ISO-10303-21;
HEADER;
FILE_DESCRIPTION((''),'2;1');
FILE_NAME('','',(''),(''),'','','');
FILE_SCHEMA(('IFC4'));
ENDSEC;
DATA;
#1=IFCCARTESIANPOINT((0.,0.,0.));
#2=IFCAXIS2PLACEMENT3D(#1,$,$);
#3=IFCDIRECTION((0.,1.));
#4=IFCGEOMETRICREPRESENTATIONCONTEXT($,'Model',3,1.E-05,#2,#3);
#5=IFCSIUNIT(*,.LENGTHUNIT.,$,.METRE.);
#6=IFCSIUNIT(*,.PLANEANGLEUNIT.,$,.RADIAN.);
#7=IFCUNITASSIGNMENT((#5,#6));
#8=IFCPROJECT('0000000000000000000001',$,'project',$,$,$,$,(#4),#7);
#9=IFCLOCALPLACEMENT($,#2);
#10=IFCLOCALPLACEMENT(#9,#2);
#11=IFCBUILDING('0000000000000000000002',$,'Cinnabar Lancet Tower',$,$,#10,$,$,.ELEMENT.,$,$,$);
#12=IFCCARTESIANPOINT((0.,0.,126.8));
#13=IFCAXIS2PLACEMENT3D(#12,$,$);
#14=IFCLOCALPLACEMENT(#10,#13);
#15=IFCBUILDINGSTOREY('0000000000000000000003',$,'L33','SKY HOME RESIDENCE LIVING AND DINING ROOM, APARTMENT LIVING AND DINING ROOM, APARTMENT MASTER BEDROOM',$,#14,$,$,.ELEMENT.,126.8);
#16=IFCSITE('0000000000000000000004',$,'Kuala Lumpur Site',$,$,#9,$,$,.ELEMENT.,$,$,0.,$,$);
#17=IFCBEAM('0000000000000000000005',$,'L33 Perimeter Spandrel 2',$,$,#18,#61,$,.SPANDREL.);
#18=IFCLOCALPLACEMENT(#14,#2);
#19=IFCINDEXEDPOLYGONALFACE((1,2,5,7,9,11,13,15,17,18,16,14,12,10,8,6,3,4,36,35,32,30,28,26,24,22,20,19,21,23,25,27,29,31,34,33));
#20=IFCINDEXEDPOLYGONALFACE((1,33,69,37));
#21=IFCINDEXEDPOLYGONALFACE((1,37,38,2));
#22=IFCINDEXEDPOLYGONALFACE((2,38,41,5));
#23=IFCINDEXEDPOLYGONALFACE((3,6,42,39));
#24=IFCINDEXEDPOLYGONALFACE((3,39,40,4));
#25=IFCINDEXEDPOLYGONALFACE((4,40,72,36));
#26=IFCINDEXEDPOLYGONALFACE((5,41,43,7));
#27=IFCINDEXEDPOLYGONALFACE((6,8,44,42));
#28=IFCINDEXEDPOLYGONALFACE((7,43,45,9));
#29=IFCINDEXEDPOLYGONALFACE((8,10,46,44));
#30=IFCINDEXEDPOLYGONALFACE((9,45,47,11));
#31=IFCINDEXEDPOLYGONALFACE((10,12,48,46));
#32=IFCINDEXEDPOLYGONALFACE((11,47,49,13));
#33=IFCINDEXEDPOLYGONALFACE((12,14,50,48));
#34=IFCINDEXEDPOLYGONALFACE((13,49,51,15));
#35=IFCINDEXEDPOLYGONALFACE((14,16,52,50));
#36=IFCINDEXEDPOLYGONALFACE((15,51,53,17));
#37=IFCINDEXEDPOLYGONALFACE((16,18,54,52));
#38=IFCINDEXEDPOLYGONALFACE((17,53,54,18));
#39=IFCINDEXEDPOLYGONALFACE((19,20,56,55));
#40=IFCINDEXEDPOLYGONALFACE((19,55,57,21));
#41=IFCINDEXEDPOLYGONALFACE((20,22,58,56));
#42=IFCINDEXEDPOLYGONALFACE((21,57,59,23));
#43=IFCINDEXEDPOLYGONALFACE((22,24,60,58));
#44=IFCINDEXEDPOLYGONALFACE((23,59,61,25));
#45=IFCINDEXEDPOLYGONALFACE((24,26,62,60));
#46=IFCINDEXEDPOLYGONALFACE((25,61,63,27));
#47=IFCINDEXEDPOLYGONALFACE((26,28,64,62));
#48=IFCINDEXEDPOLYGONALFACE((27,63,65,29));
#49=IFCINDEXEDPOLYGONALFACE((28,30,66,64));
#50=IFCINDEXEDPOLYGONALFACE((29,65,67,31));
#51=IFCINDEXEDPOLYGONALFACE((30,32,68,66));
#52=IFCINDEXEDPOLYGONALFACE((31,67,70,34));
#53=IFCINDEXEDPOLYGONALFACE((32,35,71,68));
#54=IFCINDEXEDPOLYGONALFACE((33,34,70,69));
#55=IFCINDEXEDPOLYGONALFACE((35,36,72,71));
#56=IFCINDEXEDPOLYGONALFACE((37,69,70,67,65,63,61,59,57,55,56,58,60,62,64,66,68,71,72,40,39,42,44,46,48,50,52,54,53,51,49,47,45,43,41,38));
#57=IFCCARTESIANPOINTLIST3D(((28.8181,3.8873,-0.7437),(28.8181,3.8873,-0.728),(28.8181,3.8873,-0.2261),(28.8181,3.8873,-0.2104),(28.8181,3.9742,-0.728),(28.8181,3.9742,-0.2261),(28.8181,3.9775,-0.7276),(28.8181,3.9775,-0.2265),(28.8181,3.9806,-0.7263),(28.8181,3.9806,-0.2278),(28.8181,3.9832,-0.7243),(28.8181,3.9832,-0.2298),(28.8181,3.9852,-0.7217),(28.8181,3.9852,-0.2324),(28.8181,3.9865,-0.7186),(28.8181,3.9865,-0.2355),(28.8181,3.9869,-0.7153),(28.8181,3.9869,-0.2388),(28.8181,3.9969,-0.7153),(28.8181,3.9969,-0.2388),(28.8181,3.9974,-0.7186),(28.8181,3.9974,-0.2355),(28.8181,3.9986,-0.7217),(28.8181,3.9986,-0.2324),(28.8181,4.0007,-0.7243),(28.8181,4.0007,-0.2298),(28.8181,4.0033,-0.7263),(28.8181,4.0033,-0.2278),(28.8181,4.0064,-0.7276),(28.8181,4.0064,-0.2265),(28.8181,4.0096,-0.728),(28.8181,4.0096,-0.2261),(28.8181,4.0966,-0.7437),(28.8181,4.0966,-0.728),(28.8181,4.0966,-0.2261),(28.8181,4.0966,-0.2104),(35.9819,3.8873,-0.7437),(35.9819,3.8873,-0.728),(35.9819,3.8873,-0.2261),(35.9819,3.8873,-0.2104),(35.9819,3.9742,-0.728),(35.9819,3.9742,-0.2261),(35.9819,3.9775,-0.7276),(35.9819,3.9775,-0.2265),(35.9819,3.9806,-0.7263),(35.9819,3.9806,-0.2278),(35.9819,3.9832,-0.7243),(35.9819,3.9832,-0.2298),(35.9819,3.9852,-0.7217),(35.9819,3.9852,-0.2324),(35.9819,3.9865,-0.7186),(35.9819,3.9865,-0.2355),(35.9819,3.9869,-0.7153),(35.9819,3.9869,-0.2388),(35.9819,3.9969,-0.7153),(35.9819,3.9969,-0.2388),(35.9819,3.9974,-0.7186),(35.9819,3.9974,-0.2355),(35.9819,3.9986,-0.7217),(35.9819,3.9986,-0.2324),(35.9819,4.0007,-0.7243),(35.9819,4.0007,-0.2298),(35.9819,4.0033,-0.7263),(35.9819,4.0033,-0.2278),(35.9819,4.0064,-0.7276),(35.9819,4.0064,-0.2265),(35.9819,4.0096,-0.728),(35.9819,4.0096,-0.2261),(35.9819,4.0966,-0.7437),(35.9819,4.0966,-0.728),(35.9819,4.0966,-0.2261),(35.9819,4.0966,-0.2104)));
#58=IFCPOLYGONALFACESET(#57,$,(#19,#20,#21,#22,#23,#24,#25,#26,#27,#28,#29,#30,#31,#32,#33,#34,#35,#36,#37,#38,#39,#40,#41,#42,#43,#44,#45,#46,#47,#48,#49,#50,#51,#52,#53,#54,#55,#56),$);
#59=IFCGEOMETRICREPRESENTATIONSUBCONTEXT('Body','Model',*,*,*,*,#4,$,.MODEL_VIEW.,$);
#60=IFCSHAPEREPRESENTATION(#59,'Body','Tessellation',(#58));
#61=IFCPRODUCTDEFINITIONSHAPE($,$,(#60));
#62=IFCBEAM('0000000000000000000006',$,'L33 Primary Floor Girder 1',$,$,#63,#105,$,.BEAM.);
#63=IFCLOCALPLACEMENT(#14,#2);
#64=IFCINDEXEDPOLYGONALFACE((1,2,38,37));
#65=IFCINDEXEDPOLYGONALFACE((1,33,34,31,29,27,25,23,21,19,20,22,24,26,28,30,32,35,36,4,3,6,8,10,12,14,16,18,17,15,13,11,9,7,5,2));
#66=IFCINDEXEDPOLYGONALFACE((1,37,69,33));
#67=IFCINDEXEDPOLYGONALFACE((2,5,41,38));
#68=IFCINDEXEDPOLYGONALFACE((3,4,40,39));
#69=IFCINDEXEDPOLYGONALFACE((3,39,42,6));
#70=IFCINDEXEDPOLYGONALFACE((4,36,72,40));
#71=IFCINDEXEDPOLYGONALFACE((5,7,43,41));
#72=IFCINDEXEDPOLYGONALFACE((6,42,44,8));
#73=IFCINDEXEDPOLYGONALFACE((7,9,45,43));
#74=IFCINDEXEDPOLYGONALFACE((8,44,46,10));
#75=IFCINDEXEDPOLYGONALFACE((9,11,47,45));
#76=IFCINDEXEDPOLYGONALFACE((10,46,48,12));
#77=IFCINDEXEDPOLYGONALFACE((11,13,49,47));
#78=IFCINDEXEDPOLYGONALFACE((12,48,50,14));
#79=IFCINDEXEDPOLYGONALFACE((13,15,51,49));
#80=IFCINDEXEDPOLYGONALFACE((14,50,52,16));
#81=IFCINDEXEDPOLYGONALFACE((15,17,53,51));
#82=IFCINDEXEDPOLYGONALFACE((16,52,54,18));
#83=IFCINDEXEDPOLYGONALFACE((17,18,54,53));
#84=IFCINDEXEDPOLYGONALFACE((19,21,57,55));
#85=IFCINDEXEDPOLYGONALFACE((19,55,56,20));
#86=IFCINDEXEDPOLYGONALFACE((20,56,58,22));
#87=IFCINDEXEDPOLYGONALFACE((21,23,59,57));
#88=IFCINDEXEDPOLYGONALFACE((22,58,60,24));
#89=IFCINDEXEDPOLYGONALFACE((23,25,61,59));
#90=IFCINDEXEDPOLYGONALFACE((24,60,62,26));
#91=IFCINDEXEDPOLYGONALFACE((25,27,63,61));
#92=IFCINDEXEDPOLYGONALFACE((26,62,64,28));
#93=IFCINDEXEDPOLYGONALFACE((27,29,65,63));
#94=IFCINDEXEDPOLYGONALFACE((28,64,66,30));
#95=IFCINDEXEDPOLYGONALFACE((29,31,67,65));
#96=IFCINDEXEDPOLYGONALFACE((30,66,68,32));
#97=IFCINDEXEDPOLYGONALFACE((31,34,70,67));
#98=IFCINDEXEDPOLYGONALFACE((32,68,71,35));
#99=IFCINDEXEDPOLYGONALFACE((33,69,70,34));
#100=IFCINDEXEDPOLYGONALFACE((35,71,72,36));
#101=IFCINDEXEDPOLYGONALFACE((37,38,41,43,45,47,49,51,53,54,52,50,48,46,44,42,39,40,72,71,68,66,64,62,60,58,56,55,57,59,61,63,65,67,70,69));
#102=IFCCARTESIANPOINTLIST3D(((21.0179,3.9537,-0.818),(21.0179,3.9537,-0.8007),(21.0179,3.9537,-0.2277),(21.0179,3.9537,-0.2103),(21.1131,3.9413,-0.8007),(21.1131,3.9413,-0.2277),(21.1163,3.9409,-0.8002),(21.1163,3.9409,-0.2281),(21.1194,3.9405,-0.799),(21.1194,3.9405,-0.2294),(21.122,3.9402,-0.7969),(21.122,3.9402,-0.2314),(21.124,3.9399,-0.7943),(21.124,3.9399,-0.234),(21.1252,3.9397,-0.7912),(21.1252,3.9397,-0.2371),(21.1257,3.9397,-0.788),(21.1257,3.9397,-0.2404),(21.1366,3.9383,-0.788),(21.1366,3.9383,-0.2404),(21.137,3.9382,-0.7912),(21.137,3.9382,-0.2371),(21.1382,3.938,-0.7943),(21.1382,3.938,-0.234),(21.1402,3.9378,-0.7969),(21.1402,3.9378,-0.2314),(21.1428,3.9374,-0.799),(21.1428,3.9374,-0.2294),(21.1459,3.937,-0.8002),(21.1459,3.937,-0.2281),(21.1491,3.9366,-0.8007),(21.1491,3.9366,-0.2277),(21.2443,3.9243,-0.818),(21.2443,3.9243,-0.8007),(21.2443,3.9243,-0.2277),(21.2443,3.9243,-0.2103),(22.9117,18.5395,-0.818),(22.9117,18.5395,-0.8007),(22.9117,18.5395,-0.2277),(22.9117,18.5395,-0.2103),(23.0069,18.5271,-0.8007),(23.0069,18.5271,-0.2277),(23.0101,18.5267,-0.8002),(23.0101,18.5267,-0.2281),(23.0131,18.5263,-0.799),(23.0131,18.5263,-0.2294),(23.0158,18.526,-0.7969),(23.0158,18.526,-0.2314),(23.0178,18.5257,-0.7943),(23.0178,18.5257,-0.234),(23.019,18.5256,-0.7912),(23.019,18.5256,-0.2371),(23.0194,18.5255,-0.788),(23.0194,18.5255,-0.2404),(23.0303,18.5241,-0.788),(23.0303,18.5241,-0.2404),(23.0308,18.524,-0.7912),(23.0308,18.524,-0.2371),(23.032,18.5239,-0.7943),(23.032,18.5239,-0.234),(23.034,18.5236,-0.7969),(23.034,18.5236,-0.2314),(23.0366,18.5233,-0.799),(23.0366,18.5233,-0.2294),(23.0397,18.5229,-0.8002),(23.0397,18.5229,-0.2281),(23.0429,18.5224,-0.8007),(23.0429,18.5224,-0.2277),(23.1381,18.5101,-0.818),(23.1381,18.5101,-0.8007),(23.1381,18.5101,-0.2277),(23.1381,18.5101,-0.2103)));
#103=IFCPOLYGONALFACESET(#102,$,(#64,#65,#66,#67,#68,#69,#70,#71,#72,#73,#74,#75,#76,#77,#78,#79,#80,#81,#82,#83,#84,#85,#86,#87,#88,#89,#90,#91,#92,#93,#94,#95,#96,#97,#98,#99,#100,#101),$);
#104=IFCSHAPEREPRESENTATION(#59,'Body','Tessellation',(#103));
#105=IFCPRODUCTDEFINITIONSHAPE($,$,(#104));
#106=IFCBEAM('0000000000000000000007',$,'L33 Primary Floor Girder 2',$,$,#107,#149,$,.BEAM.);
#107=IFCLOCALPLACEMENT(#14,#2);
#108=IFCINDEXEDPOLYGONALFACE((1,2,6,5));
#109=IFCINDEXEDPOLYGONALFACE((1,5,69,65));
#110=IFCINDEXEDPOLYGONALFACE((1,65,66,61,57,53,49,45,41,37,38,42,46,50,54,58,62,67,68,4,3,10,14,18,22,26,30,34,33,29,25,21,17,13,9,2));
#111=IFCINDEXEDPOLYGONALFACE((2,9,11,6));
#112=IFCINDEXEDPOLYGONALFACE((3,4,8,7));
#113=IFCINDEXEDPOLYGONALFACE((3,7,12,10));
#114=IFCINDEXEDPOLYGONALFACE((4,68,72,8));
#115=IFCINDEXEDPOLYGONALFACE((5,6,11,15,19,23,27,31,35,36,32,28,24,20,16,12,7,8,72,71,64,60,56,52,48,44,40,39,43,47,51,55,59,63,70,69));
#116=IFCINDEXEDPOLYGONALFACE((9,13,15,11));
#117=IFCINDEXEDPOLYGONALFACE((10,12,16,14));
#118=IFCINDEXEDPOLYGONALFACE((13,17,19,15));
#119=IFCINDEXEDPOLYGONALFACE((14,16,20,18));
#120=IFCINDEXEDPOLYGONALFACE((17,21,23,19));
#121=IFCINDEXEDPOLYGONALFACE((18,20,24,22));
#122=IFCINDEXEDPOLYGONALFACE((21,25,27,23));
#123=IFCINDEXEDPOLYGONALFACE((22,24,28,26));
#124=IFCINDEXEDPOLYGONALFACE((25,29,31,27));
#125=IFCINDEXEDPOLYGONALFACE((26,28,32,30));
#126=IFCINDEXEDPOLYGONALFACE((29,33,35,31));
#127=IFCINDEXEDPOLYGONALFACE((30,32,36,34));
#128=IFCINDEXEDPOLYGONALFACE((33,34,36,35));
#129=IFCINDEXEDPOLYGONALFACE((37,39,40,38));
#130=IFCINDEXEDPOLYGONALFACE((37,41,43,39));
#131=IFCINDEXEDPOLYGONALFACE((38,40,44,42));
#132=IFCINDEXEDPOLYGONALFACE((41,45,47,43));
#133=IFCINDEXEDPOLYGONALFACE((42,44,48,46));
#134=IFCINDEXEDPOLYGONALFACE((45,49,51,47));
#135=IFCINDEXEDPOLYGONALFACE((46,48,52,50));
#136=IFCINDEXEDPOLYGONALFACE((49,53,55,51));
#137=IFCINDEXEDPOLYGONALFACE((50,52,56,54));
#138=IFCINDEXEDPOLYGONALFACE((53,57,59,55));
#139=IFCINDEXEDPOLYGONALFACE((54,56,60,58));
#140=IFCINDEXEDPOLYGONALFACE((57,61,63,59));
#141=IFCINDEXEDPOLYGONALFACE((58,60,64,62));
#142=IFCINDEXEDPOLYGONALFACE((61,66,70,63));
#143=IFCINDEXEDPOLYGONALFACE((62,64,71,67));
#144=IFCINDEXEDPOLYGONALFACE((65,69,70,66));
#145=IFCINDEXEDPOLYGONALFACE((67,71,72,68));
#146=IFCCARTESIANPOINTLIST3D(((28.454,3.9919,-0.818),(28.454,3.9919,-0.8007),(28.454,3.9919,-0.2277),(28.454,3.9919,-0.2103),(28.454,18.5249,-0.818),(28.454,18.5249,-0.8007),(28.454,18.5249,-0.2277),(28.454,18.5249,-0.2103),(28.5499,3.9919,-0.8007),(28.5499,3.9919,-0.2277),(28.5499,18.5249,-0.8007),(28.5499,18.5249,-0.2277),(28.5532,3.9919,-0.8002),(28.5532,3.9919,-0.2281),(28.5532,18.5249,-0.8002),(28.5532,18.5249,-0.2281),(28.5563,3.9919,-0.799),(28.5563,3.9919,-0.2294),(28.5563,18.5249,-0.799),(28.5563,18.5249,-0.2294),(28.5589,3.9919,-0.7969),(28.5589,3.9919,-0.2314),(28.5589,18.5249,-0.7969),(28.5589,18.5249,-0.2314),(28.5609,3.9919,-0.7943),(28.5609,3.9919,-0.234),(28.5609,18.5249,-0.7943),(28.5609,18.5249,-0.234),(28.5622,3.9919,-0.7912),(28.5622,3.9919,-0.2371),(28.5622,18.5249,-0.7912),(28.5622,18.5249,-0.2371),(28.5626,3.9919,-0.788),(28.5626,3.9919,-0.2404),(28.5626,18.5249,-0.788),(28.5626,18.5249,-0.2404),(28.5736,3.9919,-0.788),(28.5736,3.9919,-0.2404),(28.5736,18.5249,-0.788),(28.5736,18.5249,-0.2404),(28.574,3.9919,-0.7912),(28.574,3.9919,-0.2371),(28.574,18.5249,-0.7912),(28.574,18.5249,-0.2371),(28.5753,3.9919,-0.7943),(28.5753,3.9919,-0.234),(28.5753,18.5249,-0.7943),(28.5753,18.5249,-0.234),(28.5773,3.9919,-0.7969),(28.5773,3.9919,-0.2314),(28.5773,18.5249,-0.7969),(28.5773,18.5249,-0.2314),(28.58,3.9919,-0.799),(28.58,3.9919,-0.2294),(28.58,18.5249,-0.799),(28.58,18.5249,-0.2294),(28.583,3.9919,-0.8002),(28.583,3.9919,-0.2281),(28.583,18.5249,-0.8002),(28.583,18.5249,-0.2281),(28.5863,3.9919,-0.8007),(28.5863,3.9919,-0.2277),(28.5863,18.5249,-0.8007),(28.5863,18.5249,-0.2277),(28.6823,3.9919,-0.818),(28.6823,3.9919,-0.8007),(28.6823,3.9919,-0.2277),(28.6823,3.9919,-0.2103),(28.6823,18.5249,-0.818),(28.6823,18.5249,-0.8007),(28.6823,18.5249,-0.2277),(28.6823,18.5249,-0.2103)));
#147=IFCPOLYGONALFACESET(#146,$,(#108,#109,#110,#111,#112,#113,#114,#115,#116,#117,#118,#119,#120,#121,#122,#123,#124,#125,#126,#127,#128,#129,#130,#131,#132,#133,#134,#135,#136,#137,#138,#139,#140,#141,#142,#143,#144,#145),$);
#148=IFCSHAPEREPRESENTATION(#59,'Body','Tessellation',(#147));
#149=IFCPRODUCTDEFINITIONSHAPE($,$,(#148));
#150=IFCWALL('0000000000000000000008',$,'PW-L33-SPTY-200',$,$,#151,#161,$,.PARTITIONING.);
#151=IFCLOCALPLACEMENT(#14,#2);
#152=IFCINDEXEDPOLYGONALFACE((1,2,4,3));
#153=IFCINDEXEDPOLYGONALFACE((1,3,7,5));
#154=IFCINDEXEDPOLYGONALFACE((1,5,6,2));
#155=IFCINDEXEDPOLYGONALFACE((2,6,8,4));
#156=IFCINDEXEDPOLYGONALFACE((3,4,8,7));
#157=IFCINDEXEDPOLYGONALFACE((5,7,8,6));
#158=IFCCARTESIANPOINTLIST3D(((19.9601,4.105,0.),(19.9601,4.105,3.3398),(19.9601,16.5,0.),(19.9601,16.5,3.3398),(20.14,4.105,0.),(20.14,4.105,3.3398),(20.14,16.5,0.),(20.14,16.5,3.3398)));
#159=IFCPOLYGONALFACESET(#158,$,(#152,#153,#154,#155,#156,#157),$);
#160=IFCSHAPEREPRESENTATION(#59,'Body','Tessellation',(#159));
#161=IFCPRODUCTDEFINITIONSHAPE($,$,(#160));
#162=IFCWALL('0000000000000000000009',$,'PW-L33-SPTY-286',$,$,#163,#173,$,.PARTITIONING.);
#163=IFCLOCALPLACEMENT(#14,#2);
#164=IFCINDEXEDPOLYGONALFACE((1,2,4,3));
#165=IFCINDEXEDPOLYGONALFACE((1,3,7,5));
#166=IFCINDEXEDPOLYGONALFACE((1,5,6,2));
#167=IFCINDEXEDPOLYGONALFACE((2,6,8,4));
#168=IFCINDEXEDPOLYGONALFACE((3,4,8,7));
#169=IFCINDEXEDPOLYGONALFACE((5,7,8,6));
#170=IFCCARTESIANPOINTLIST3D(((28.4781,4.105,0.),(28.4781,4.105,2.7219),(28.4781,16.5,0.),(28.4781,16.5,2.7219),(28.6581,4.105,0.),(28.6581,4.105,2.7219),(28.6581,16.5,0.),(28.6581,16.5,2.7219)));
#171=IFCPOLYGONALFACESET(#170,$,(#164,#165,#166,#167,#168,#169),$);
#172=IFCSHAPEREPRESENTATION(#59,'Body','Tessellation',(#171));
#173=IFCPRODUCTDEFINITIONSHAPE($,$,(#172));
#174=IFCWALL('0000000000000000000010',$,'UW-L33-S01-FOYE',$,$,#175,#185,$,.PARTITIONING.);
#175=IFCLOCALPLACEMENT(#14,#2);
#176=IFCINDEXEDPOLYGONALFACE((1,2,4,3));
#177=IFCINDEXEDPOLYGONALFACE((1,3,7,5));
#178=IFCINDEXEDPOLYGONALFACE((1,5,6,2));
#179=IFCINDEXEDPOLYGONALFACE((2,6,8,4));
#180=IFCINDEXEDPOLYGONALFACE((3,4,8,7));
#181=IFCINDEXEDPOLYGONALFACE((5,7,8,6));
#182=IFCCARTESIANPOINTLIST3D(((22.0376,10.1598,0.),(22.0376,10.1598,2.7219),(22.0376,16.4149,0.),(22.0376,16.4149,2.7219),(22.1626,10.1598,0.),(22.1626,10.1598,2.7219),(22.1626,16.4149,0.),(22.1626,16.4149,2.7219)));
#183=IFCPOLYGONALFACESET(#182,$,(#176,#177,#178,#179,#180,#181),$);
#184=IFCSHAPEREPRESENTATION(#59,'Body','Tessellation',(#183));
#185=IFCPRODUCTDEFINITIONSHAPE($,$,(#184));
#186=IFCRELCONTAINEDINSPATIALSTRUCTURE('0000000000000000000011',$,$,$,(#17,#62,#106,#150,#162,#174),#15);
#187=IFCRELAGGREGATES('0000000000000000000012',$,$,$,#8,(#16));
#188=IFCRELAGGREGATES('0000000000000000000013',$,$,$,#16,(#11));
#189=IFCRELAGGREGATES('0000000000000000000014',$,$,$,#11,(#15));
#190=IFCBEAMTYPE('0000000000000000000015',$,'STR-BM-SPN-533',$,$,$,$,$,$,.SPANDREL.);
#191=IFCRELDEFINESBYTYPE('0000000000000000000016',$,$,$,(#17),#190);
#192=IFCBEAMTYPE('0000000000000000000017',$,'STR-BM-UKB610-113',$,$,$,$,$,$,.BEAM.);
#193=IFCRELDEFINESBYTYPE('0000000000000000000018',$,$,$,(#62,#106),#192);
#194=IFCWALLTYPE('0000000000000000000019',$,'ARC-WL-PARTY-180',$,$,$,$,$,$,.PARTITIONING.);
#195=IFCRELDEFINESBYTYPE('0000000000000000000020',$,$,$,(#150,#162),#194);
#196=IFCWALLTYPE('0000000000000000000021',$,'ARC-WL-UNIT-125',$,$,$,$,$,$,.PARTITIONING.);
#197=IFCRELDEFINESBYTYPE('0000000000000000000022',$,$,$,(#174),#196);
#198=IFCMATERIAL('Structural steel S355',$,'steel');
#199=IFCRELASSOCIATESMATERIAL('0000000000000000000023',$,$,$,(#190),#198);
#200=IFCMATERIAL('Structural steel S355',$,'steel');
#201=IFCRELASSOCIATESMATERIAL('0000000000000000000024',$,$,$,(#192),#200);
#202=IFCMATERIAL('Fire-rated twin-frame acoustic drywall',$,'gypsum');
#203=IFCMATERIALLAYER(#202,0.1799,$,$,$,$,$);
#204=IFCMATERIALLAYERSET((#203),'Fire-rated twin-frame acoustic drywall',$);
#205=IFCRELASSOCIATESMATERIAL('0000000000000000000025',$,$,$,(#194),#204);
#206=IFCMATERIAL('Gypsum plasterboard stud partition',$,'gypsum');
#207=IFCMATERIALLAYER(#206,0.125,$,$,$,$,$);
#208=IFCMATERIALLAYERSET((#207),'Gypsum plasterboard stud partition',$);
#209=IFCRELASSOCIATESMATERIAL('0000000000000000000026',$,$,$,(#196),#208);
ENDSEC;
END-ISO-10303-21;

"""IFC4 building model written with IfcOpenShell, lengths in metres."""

from ifc_helpers import new_model, si_unit, direction, frame, frame_2d, origin, origin_2d, place, context, subcontext, project, spatial, rectangle, i_section, extrude, material, layer, layer_set, material_profile, profile_set, type_object, element, save


model = new_model("IFC4")

# Units and contexts
model_context = context("Model", 3, precision=1e-05, world=origin(), true_north=direction((0.0, 1.0)))
body_context = subcontext(model_context, "Body", "Model", "MODEL_VIEW")
ifc_project = project(units=[si_unit("LENGTHUNIT", "METRE"), si_unit("PLANEANGLEUNIT", "RADIAN")], contexts=[model_context])

# Site, building, storey
site_placement = place(None, origin())
site = spatial("IfcSite", under=ifc_project, at=site_placement, Name="Kuala Lumpur Site", CompositionType="ELEMENT", RefElevation=0.0)
building_placement = place(site_placement, origin())
building = spatial("IfcBuilding", under=site, at=building_placement, Name="Cinnabar Lancet Tower", CompositionType="ELEMENT")
storey_placement = place(building_placement, frame((0.0, 0.0, 126.8)))
storey = spatial("IfcBuildingStorey", under=building, at=storey_placement, Name="L33", Description="SKY HOME RESIDENCE LIVING AND DINING ROOM, APARTMENT LIVING AND DINING ROOM, APARTMENT MASTER BEDROOM", CompositionType="ELEMENT", Elevation=126.8)

# Beams
ifc_material_1 = material(Name="Structural steel S355", Category="steel")
ifc_material_profile_1 = material_profile(ifc_material_1, i_section(OverallWidth=0.2092, OverallDepth=0.5332, WebThickness=0.01, FlangeThickness=0.0156, FilletRadius=0.0127, at=origin_2d()), Name="UKB 533x210x92")
ifc_profile_set_1 = profile_set([ifc_material_profile_1], Name="Structural steel S355")
beam_type_1 = type_object("IfcBeamType", Name="STR-BM-SPN-533", PredefinedType="SPANDREL", material=ifc_profile_set_1)
beam_1_placement = place(storey_placement, frame((28.8181, 3.9919, -0.4771), z_axis=(1.0, 0.0, 0.0), x_axis=(0.0, 1.0, 0.0)))
element("IfcBeam", 1, at=beam_1_placement, inside=storey, type_object=beam_type_1, Name="L33 Perimeter Spandrel 2", PredefinedType="SPANDREL", context=body_context, shape_type="SweptSolid", body=[
    extrude(i_section(OverallWidth=0.2092, OverallDepth=0.5332, WebThickness=0.01, FlangeThickness=0.0156, FilletRadius=0.0127, at=origin_2d()), origin(), (0.0, 0.0, 1.0), 7.1638),
])
ifc_material_2 = material(Name="Structural steel S355", Category="steel")
ifc_material_profile_2 = material_profile(ifc_material_2, i_section(OverallWidth=0.2283, OverallDepth=0.6077, WebThickness=0.011, FlangeThickness=0.0173, FilletRadius=0.0127, at=origin_2d()), Name="UKB 610x229x113")
ifc_profile_set_2 = profile_set([ifc_material_profile_2], Name="Structural steel S355")
beam_type_2 = type_object("IfcBeamType", Name="STR-BM-UKB610-113", PredefinedType="BEAM", material=ifc_profile_set_2)
beam_2_placement = place(storey_placement, frame((21.1311, 3.939, -0.5142), z_axis=(0.128757, 0.991676, 0.0), x_axis=(-0.991676, 0.128757, 0.0)))
element("IfcBeam", 2, at=beam_2_placement, inside=storey, type_object=beam_type_2, Name="L33 Primary Floor Girder 1", PredefinedType="BEAM", context=body_context, shape_type="SweptSolid", body=[
    extrude(i_section(OverallWidth=0.2283, OverallDepth=0.6077, WebThickness=0.011, FlangeThickness=0.0173, FilletRadius=0.0127, at=origin_2d()), origin(), (0.0, 0.0, 1.0), 14.7083),
])
beam_3_placement = place(storey_placement, frame((28.5681, 3.9919, -0.5142), z_axis=(0.0, 1.0, 0.0), x_axis=(-1.0, 0.0, 0.0)))
element("IfcBeam", 3, at=beam_3_placement, inside=storey, type_object=beam_type_2, Name="L33 Primary Floor Girder 2", PredefinedType="BEAM", context=body_context, shape_type="SweptSolid", body=[
    extrude(i_section(OverallWidth=0.2283, OverallDepth=0.6077, WebThickness=0.011, FlangeThickness=0.0173, FilletRadius=0.0127, at=origin_2d()), origin(), (0.0, 0.0, 1.0), 14.533),
])

# Walls
ifc_material_3 = material(Name="Fire-rated twin-frame acoustic drywall", Category="gypsum")
ifc_layer_1 = layer(ifc_material_3, 0.1799)
ifc_layer_set_1 = layer_set([ifc_layer_1], Name="Fire-rated twin-frame acoustic drywall")
wall_type_1 = type_object("IfcWallType", Name="ARC-WL-PARTY-180", PredefinedType="PARTITIONING", material=ifc_layer_set_1)
wall_1_placement = place(storey_placement, frame((20.05, 4.105, 0.0), z_axis=(0.0, 0.0, 1.0), x_axis=(0.0, 1.0, 0.0)))
element("IfcWall", 4, at=wall_1_placement, inside=storey, type_object=wall_type_1, Name="PW-L33-SPTY-200", PredefinedType="PARTITIONING", context=body_context, shape_type="SweptSolid", body=[
    extrude(rectangle(XDim=12.395, YDim=0.1799, at=frame_2d((6.1975, 0.0))), origin(), (0.0, 0.0, 1.0), 3.3398),
])
wall_2_placement = place(storey_placement, frame((28.5681, 4.105, 0.0), z_axis=(0.0, 0.0, 1.0), x_axis=(0.0, 1.0, 0.0)))
element("IfcWall", 5, at=wall_2_placement, inside=storey, type_object=wall_type_1, Name="PW-L33-SPTY-286", PredefinedType="PARTITIONING", context=body_context, shape_type="SweptSolid", body=[
    extrude(rectangle(XDim=12.395, YDim=0.1799, at=frame_2d((6.1975, 0.0))), origin(), (0.0, 0.0, 1.0), 2.7219),
])
ifc_material_4 = material(Name="Gypsum plasterboard stud partition", Category="gypsum")
ifc_layer_2 = layer(ifc_material_4, 0.125)
ifc_layer_set_2 = layer_set([ifc_layer_2], Name="Gypsum plasterboard stud partition")
wall_type_2 = type_object("IfcWallType", Name="ARC-WL-UNIT-125", PredefinedType="PARTITIONING", material=ifc_layer_set_2)
wall_3_placement = place(storey_placement, frame((22.1001, 10.1599, 0.0), z_axis=(0.0, 0.0, 1.0), x_axis=(0.0, 1.0, 0.0)))
element("IfcWall", 6, at=wall_3_placement, inside=storey, type_object=wall_type_2, Name="UW-L33-S01-FOYE", PredefinedType="PARTITIONING", context=body_context, shape_type="SweptSolid", body=[
    extrude(rectangle(XDim=6.2551, YDim=0.125, at=frame_2d((3.1274, 0.0))), origin(), (0.0, 0.0, 1.0), 2.7219),
])

save(model, "model.ifc")
